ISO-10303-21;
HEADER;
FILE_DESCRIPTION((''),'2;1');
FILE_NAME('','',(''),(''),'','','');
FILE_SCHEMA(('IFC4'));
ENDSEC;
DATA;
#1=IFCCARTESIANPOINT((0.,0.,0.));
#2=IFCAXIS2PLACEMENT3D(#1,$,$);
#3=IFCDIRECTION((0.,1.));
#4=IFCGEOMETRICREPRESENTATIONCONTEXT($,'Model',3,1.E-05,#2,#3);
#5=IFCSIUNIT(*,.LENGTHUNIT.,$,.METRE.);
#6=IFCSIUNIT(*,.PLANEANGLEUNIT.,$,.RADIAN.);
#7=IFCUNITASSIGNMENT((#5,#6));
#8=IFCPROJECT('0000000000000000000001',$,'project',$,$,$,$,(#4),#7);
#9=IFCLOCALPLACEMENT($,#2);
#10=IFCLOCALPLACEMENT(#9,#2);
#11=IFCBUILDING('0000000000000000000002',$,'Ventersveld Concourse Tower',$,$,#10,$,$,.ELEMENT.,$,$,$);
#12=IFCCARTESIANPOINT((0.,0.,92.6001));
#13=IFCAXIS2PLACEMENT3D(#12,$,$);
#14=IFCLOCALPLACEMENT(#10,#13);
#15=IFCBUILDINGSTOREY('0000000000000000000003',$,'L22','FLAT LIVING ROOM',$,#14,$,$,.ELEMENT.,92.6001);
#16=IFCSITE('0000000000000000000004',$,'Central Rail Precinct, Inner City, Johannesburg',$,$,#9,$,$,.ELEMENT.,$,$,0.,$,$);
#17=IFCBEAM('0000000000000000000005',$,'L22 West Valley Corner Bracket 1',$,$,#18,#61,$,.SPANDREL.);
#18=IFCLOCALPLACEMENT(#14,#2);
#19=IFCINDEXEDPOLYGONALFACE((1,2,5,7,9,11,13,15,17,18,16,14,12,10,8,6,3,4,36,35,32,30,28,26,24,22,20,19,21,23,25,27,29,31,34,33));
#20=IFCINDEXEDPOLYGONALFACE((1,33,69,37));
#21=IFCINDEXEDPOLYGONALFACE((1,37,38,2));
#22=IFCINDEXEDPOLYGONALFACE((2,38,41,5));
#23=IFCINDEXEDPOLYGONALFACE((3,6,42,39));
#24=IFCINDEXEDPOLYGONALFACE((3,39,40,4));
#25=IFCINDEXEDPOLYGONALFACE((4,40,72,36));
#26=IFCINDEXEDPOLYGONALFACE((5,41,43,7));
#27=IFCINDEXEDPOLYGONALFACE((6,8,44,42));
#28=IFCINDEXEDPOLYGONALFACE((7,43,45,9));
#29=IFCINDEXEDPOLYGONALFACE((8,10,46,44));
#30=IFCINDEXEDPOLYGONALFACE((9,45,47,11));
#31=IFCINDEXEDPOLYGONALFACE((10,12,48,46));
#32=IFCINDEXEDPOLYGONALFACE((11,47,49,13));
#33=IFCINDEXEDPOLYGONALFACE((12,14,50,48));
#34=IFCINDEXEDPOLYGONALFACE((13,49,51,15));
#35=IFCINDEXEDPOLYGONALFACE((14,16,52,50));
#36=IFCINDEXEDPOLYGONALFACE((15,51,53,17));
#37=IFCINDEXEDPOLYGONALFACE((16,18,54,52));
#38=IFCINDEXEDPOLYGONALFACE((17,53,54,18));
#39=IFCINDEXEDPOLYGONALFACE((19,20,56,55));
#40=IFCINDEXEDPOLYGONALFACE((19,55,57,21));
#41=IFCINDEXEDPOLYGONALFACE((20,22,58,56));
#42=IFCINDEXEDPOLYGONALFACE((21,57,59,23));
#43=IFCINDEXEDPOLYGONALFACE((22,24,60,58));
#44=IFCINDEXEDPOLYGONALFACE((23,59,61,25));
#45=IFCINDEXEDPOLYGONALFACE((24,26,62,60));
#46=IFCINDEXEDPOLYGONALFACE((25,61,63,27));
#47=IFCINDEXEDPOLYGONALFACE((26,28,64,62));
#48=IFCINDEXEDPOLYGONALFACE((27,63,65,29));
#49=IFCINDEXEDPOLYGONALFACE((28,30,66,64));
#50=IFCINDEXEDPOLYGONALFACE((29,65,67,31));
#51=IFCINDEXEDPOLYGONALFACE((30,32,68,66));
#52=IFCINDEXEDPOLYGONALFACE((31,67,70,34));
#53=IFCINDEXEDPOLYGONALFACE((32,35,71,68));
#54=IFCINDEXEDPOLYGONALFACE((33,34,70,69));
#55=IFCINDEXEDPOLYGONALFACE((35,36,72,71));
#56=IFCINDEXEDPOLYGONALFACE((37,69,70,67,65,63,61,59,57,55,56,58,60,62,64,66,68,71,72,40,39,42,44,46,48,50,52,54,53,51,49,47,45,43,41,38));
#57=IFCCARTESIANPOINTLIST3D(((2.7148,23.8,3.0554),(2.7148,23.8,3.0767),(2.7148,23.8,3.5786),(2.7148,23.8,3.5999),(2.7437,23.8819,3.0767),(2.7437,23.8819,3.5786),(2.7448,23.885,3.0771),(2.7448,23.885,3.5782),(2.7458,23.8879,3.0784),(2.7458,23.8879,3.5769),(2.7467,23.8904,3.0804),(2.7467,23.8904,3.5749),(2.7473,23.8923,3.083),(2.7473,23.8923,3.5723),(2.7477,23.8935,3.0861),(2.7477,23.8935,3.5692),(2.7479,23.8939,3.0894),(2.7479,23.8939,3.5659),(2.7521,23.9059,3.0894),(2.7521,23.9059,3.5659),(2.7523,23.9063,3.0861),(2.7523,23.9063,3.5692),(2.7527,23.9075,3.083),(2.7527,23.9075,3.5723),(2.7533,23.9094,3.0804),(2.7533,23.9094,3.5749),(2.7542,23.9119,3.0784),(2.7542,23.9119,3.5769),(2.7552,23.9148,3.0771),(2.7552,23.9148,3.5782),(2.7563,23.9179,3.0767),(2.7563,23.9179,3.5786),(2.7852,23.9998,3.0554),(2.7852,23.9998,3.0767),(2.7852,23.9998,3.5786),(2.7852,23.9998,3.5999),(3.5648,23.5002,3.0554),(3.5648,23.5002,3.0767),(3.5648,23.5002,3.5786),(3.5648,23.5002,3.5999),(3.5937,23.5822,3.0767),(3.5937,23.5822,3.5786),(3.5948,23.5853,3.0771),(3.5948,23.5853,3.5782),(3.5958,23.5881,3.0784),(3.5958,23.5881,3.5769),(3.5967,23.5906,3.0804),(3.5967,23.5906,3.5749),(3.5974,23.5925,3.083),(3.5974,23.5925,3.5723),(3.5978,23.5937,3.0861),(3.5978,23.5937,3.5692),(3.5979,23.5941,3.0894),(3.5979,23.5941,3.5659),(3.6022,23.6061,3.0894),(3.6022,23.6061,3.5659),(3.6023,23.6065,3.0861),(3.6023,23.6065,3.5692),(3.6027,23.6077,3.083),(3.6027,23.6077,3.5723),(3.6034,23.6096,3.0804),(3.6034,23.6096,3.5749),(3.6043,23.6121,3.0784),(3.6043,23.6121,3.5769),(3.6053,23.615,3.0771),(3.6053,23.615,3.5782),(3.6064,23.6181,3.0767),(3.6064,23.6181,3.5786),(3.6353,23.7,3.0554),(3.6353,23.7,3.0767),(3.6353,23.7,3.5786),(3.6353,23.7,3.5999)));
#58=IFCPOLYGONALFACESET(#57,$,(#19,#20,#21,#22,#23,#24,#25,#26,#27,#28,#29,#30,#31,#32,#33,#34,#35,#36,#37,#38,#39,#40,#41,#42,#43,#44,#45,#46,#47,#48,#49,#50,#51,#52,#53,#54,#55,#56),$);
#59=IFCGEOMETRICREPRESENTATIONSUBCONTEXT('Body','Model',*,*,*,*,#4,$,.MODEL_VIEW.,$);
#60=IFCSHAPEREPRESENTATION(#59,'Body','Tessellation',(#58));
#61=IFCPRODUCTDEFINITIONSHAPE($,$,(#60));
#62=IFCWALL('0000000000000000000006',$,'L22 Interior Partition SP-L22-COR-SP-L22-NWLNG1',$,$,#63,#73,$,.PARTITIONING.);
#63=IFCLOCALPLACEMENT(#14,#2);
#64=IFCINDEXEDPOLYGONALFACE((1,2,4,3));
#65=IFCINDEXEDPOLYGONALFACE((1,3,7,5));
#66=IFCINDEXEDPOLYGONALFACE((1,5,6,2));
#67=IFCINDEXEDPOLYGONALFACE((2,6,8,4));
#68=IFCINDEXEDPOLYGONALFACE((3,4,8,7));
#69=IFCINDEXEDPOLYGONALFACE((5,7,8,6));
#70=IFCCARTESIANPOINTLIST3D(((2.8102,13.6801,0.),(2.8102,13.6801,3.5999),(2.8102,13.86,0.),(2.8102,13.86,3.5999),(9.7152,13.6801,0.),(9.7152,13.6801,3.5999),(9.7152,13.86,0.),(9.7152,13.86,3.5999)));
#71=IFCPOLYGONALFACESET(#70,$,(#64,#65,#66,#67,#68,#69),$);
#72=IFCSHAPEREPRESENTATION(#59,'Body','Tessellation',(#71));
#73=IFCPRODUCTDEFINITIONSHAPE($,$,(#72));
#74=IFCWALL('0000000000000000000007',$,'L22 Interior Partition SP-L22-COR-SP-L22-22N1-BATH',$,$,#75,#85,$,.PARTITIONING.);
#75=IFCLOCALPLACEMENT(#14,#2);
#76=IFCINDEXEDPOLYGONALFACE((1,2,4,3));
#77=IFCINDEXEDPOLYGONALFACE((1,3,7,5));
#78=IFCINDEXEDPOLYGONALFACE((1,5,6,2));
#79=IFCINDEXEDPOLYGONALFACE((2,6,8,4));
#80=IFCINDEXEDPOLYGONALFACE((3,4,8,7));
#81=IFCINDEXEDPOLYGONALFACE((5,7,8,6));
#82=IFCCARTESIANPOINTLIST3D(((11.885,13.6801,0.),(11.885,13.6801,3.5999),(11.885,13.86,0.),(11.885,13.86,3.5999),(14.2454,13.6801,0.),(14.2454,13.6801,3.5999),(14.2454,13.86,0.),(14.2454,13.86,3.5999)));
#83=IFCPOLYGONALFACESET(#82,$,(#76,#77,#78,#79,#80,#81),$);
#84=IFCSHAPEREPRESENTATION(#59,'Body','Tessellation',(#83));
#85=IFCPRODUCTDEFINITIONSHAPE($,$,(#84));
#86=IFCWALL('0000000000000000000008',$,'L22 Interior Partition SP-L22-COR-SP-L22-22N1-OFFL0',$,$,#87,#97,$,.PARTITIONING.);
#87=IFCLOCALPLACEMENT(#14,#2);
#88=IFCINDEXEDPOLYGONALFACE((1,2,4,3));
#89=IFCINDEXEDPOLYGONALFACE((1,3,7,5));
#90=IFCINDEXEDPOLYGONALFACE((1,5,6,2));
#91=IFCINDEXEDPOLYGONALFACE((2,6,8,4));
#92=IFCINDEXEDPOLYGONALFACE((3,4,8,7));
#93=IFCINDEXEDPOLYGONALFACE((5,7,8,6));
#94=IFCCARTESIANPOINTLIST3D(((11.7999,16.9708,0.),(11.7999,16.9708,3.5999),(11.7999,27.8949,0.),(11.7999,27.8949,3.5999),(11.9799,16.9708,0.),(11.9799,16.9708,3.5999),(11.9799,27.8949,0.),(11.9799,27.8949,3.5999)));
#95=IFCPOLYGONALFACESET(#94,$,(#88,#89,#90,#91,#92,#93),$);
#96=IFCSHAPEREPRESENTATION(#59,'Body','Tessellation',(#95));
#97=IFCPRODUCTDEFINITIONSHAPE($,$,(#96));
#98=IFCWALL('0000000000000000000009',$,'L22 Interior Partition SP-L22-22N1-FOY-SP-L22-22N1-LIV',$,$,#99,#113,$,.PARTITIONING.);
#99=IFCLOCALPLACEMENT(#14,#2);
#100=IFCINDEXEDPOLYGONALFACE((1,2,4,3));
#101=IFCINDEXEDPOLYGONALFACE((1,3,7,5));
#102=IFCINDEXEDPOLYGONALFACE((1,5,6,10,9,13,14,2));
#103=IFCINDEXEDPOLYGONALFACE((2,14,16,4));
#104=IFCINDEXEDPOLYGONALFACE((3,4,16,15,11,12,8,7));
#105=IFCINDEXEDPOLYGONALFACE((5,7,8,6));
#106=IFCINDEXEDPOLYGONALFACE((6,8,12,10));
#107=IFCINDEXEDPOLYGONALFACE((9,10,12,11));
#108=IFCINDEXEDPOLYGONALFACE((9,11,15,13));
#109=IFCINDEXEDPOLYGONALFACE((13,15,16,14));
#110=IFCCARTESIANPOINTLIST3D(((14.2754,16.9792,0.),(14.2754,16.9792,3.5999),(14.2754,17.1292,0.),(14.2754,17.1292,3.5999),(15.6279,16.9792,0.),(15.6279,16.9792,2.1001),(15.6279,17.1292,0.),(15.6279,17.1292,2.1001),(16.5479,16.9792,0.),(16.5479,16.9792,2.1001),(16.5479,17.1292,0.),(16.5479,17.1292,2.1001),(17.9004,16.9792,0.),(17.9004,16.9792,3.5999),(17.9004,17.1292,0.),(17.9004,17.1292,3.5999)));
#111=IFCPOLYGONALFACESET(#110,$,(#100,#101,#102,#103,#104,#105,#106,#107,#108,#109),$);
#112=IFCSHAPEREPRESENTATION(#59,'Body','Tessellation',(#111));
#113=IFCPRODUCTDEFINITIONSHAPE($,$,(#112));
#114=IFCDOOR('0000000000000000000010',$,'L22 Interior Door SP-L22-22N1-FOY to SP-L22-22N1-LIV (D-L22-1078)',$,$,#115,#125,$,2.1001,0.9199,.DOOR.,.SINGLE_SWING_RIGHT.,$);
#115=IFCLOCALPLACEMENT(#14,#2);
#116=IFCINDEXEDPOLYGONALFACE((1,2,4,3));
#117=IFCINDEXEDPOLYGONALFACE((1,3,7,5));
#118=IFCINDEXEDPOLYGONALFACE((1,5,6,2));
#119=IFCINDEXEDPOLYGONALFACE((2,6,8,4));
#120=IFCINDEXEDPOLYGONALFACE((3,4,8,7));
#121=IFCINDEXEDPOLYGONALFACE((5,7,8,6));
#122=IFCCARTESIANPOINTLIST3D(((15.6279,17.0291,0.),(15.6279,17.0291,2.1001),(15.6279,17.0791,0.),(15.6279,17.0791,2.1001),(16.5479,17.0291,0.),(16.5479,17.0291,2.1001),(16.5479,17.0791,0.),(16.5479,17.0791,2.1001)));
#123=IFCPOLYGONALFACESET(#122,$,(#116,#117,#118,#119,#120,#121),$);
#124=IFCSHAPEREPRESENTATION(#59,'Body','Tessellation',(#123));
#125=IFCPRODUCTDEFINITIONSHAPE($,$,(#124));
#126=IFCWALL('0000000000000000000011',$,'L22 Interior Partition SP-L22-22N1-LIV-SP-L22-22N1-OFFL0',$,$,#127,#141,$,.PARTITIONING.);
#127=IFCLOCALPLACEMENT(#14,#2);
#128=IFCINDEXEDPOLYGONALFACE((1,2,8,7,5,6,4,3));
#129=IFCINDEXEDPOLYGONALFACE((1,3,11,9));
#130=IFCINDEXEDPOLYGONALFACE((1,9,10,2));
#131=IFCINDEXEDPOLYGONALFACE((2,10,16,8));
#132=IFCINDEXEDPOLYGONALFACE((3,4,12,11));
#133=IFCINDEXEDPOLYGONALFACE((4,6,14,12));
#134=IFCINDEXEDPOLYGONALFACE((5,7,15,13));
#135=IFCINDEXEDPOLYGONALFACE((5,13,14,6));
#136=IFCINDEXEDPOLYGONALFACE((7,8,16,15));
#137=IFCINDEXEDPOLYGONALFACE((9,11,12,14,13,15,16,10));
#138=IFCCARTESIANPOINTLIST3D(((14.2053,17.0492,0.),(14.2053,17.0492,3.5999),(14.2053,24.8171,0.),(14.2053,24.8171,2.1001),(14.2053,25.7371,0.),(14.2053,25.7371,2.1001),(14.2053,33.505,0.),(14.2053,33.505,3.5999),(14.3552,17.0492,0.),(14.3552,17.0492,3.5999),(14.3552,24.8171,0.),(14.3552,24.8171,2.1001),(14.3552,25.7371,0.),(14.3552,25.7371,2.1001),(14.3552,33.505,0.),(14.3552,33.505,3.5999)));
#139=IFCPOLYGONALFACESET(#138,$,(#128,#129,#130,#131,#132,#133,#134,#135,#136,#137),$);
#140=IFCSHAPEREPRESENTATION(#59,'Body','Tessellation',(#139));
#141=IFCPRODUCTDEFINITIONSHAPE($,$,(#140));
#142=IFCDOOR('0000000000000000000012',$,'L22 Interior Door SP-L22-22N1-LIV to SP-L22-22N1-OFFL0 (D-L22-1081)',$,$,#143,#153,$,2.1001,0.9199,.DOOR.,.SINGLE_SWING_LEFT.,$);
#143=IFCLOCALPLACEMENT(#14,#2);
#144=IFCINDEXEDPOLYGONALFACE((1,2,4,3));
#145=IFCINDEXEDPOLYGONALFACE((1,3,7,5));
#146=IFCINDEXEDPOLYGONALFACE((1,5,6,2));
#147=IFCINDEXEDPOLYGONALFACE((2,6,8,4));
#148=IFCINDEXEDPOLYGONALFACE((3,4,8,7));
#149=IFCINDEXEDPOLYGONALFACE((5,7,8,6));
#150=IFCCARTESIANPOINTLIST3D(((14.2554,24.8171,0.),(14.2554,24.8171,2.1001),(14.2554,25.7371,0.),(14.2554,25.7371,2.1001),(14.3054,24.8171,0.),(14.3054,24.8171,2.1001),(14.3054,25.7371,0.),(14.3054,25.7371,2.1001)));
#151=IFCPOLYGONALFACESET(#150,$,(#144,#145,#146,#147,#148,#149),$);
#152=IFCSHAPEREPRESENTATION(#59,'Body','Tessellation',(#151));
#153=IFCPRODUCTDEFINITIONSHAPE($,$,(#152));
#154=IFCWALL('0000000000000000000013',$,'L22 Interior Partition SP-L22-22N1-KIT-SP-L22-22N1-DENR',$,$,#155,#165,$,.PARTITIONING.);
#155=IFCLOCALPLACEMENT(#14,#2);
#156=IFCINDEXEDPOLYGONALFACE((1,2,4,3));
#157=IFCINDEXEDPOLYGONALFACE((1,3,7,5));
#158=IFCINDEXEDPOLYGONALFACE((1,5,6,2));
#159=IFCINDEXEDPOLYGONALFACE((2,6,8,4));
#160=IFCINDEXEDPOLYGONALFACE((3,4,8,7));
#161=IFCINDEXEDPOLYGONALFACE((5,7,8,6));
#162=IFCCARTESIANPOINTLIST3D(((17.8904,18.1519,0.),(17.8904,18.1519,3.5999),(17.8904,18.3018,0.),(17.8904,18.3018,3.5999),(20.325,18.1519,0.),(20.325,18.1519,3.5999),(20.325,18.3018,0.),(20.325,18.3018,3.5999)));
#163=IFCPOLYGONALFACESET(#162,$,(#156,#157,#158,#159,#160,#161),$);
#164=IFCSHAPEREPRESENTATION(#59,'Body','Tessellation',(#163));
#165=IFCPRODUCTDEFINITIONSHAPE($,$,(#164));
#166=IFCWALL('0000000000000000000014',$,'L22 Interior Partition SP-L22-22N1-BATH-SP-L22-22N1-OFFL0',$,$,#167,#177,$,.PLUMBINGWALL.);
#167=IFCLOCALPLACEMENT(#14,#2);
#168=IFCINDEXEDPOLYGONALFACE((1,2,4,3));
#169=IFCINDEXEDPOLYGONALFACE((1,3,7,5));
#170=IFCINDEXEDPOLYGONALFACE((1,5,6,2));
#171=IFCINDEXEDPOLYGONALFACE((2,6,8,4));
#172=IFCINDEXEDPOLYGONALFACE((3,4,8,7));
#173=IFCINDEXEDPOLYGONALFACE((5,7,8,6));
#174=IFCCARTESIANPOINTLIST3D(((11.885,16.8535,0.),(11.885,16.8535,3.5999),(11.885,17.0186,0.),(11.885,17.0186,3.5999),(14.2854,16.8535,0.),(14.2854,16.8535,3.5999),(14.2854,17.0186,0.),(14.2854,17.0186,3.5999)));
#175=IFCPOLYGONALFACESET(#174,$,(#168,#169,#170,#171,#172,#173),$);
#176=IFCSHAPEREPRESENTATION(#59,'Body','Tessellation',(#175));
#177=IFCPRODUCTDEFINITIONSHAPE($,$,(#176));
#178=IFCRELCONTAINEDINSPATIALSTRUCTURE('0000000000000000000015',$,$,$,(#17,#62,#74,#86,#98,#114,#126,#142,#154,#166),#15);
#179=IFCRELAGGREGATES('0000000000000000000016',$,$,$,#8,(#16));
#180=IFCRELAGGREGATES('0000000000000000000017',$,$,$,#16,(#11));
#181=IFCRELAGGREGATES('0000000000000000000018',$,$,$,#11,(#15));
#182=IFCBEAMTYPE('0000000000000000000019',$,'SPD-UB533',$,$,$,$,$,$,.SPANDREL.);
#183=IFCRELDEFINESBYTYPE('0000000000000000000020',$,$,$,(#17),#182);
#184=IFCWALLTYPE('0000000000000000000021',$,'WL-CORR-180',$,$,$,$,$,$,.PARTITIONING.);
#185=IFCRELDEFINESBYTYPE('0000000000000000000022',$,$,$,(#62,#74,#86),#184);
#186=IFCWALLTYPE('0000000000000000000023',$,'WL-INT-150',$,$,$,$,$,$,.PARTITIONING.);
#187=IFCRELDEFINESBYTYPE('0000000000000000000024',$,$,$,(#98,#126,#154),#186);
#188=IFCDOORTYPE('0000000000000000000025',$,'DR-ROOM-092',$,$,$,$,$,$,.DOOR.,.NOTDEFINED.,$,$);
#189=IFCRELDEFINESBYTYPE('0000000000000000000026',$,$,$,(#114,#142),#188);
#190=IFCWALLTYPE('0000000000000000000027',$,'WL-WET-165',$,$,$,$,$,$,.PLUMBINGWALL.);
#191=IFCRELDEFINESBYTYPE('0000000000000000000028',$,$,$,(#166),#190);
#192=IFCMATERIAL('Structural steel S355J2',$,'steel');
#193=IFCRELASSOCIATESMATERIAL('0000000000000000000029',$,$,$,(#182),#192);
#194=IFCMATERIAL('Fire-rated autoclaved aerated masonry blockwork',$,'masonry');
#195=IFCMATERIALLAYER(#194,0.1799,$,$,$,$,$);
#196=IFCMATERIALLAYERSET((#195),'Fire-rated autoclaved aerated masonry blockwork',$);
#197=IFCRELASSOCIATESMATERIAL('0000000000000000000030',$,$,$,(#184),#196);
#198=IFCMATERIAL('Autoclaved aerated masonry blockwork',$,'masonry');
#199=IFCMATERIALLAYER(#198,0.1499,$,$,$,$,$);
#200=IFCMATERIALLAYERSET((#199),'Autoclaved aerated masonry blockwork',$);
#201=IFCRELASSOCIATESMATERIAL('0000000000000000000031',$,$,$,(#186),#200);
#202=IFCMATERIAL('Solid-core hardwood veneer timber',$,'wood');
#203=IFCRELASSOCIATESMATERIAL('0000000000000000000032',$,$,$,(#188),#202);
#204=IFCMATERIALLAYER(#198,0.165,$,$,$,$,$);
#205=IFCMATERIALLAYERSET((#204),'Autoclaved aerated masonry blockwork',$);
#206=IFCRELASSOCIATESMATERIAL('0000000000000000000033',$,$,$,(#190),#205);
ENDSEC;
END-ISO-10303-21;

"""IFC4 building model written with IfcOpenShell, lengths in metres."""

from ifc_helpers import new_model, si_unit, direction, frame, frame_2d, origin, origin_2d, place, context, subcontext, project, spatial, rectangle, i_section, extrude, material, layer, layer_set, material_profile, profile_set, type_object, element, fill, save


model = new_model("IFC4")

# Units and contexts
model_context = context("Model", 3, precision=1e-05, world=origin(), true_north=direction((0.0, 1.0)))
body_context = subcontext(model_context, "Body", "Model", "MODEL_VIEW")
ifc_project = project(units=[si_unit("LENGTHUNIT", "METRE"), si_unit("PLANEANGLEUNIT", "RADIAN")], contexts=[model_context])

# Site, building, storey
site_placement = place(None, origin())
site = spatial("IfcSite", under=ifc_project, at=site_placement, Name="Central Rail Precinct, Inner City, Johannesburg", CompositionType="ELEMENT", RefElevation=0.0)
building_placement = place(site_placement, origin())
building = spatial("IfcBuilding", under=site, at=building_placement, Name="Ventersveld Concourse Tower", CompositionType="ELEMENT")
storey_placement = place(building_placement, frame((0.0, 0.0, 92.6001)))
storey = spatial("IfcBuildingStorey", under=building, at=storey_placement, Name="L22", Description="FLAT LIVING ROOM", CompositionType="ELEMENT", Elevation=92.6001)

# Beam
ifc_material_1 = material(Name="Structural steel S355J2", Category="steel")
ifc_material_profile_1 = material_profile(ifc_material_1, i_section(OverallWidth=0.2119, OverallDepth=0.5444, WebThickness=0.0127, FlangeThickness=0.0212, FilletRadius=0.0127, at=origin_2d()), Name="UB 533x210x122")
ifc_profile_set_1 = profile_set([ifc_material_profile_1], Name="Structural steel S355J2")
beam_type_1 = type_object("IfcBeamType", Name="SPD-UB533", PredefinedType="SPANDREL", material=ifc_profile_set_1)
beam_1_placement = place(storey_placement, frame((2.75, 23.8999, 3.3276), z_axis=(0.94307, -0.332593, 0.0), x_axis=(0.332593, 0.94307, 0.0)))
element("IfcBeam", 1, at=beam_1_placement, inside=storey, type_object=beam_type_1, Name="L22 West Valley Corner Bracket 1", PredefinedType="SPANDREL", context=body_context, shape_type="SweptSolid", body=[
    extrude(i_section(OverallWidth=0.2119, OverallDepth=0.5444, WebThickness=0.0127, FlangeThickness=0.0212, FilletRadius=0.0127, at=origin_2d()), origin(), (0.0, 0.0, 1.0), 0.9014),
])

# Wall
ifc_material_2 = material(Name="Fire-rated autoclaved aerated masonry blockwork", Category="masonry")
ifc_layer_1 = layer(ifc_material_2, 0.1799)
ifc_layer_set_1 = layer_set([ifc_layer_1], Name="Fire-rated autoclaved aerated masonry blockwork")
wall_type_1 = type_object("IfcWallType", Name="WL-CORR-180", PredefinedType="PARTITIONING", material=ifc_layer_set_1)
wall_1_placement = place(storey_placement, frame((2.8101, 13.77, 0.0), z_axis=(0.0, 0.0, 1.0), x_axis=(1.0, 0.0, 0.0)))
element("IfcWall", 2, at=wall_1_placement, inside=storey, type_object=wall_type_1, Name="L22 Interior Partition SP-L22-COR-SP-L22-NWLNG1", PredefinedType="PARTITIONING", context=body_context, shape_type="SweptSolid", body=[
    extrude(rectangle(XDim=6.905, YDim=0.1799, at=frame_2d((3.4526, 0.0))), origin(), (0.0, 0.0, 1.0), 3.5999),
])

# Shared definitions
ifc_material_3 = material(Name="Solid-core hardwood veneer timber", Category="wood")

# Walls
wall_2_placement = place(storey_placement, frame((11.885, 13.77, 0.0), z_axis=(0.0, 0.0, 1.0), x_axis=(1.0, 0.0, 0.0)))
element("IfcWall", 3, at=wall_2_placement, inside=storey, type_object=wall_type_1, Name="L22 Interior Partition SP-L22-COR-SP-L22-22N1-BATH", PredefinedType="PARTITIONING", context=body_context, shape_type="SweptSolid", body=[
    extrude(rectangle(XDim=2.3604, YDim=0.1799, at=frame_2d((1.1802, 0.0))), origin(), (0.0, 0.0, 1.0), 3.5999),
])
wall_3_placement = place(storey_placement, frame((11.8899, 16.9709, 0.0), z_axis=(0.0, 0.0, 1.0), x_axis=(0.0, 1.0, 0.0)))
element("IfcWall", 4, at=wall_3_placement, inside=storey, type_object=wall_type_1, Name="L22 Interior Partition SP-L22-COR-SP-L22-22N1-OFFL0", PredefinedType="PARTITIONING", context=body_context, shape_type="SweptSolid", body=[
    extrude(rectangle(XDim=10.9241, YDim=0.1799, at=frame_2d((5.4619, 0.0))), origin(), (0.0, 0.0, 1.0), 3.5999),
])

# Walls, openings, doors
ifc_material_4 = material(Name="Autoclaved aerated masonry blockwork", Category="masonry")
ifc_layer_2 = layer(ifc_material_4, 0.1499)
ifc_layer_set_2 = layer_set([ifc_layer_2], Name="Autoclaved aerated masonry blockwork")
wall_type_2 = type_object("IfcWallType", Name="WL-INT-150", PredefinedType="PARTITIONING", material=ifc_layer_set_2)
wall_4_placement = place(storey_placement, frame((14.2754, 17.0542, 0.0), z_axis=(0.0, 0.0, 1.0), x_axis=(1.0, 0.0, 0.0)))
wall_4 = element("IfcWall", 5, at=wall_4_placement, inside=storey, type_object=wall_type_2, Name="L22 Interior Partition SP-L22-22N1-FOY-SP-L22-22N1-LIV", PredefinedType="PARTITIONING", context=body_context, shape_type="SweptSolid", body=[
    extrude(rectangle(XDim=3.625, YDim=0.1499, at=frame_2d((1.8125, 0.0))), origin(), (0.0, 0.0, 1.0), 3.5999),
])
opening_1_placement = place(wall_4_placement, frame((1.3525, 0.0, 0.0)))
opening_1 = element("IfcOpeningElement", 6, at=opening_1_placement, cuts=wall_4, PredefinedType="OPENING", context=body_context, shape_type="SweptSolid", body=[
    extrude(rectangle(XDim=0.9199, YDim=2.1001, at=frame_2d((0.46, 1.05))), frame((0.0, 0.085, 0.0), z_axis=(0.0, -1.0, 0.0), x_axis=(1.0, 0.0, 0.0)), (0.0, 0.0, 1.0), 0.1699),
])
door_type_1 = type_object("IfcDoorType", Name="DR-ROOM-092", OperationType="NOTDEFINED", PredefinedType="DOOR", material=ifc_material_3)
door_1_placement = place(opening_1_placement, origin())
door_1 = element("IfcDoor", 7, at=door_1_placement, inside=storey, type_object=door_type_1, Name="L22 Interior Door SP-L22-22N1-FOY to SP-L22-22N1-LIV (D-L22-1078)", OperationType="SINGLE_SWING_RIGHT", OverallHeight=2.1001, OverallWidth=0.9199, PredefinedType="DOOR", context=body_context, shape_type="SweptSolid", body=[
    extrude(rectangle(XDim=0.9199, YDim=2.1001, at=frame_2d((0.46, 1.05))), frame((0.0, 0.0249, 0.0), z_axis=(0.0, -1.0, 0.0), x_axis=(1.0, 0.0, 0.0)), (0.0, 0.0, 1.0), 0.05),
])
fill(opening_1, door_1)
wall_5_placement = place(storey_placement, frame((14.2803, 17.0491, 0.0), z_axis=(0.0, 0.0, 1.0), x_axis=(0.0, 1.0, 0.0)))
wall_5 = element("IfcWall", 8, at=wall_5_placement, inside=storey, type_object=wall_type_2, Name="L22 Interior Partition SP-L22-22N1-LIV-SP-L22-22N1-OFFL0", PredefinedType="PARTITIONING", context=body_context, shape_type="SweptSolid", body=[
    extrude(rectangle(XDim=16.4558, YDim=0.1499, at=frame_2d((8.228, 0.0))), origin(), (0.0, 0.0, 1.0), 3.5999),
])
opening_2_placement = place(wall_5_placement, frame((7.7681, 0.0, 0.0)))
opening_2 = element("IfcOpeningElement", 9, at=opening_2_placement, cuts=wall_5, PredefinedType="OPENING", context=body_context, shape_type="SweptSolid", body=[
    extrude(rectangle(XDim=0.9199, YDim=2.1001, at=frame_2d((0.46, 1.05))), frame((0.0, 0.085, 0.0), z_axis=(0.0, -1.0, 0.0), x_axis=(1.0, 0.0, 0.0)), (0.0, 0.0, 1.0), 0.1699),
])
door_2_placement = place(opening_2_placement, origin())
door_2 = element("IfcDoor", 10, at=door_2_placement, inside=storey, type_object=door_type_1, Name="L22 Interior Door SP-L22-22N1-LIV to SP-L22-22N1-OFFL0 (D-L22-1081)", OperationType="SINGLE_SWING_LEFT", OverallHeight=2.1001, OverallWidth=0.9199, PredefinedType="DOOR", context=body_context, shape_type="SweptSolid", body=[
    extrude(rectangle(XDim=0.9199, YDim=2.1001, at=frame_2d((0.46, 1.05))), frame((0.0, 0.0249, 0.0), z_axis=(0.0, -1.0, 0.0), x_axis=(1.0, 0.0, 0.0)), (0.0, 0.0, 1.0), 0.05),
])
fill(opening_2, door_2)

# Walls
wall_6_placement = place(storey_placement, frame((17.8904, 18.2268, 0.0), z_axis=(0.0, 0.0, 1.0), x_axis=(1.0, 0.0, 0.0)))
element("IfcWall", 11, at=wall_6_placement, inside=storey, type_object=wall_type_2, Name="L22 Interior Partition SP-L22-22N1-KIT-SP-L22-22N1-DENR", PredefinedType="PARTITIONING", context=body_context, shape_type="SweptSolid", body=[
    extrude(rectangle(XDim=2.4346, YDim=0.1499, at=frame_2d((1.2173, 0.0))), origin(), (0.0, 0.0, 1.0), 3.5999),
])
ifc_layer_3 = layer(ifc_material_4, 0.165)
ifc_layer_set_3 = layer_set([ifc_layer_3], Name="Autoclaved aerated masonry blockwork")
wall_type_3 = type_object("IfcWallType", Name="WL-WET-165", PredefinedType="PLUMBINGWALL", material=ifc_layer_set_3)
wall_7_placement = place(storey_placement, frame((11.885, 16.936, 0.0), z_axis=(0.0, 0.0, 1.0), x_axis=(1.0, 0.0, 0.0)))
element("IfcWall", 12, at=wall_7_placement, inside=storey, type_object=wall_type_3, Name="L22 Interior Partition SP-L22-22N1-BATH-SP-L22-22N1-OFFL0", PredefinedType="PLUMBINGWALL", context=body_context, shape_type="SweptSolid", body=[
    extrude(rectangle(XDim=2.4004, YDim=0.165, at=frame_2d((1.2002, 0.0))), origin(), (0.0, 0.0, 1.0), 3.5999),
])

save(model, "model.ifc")
